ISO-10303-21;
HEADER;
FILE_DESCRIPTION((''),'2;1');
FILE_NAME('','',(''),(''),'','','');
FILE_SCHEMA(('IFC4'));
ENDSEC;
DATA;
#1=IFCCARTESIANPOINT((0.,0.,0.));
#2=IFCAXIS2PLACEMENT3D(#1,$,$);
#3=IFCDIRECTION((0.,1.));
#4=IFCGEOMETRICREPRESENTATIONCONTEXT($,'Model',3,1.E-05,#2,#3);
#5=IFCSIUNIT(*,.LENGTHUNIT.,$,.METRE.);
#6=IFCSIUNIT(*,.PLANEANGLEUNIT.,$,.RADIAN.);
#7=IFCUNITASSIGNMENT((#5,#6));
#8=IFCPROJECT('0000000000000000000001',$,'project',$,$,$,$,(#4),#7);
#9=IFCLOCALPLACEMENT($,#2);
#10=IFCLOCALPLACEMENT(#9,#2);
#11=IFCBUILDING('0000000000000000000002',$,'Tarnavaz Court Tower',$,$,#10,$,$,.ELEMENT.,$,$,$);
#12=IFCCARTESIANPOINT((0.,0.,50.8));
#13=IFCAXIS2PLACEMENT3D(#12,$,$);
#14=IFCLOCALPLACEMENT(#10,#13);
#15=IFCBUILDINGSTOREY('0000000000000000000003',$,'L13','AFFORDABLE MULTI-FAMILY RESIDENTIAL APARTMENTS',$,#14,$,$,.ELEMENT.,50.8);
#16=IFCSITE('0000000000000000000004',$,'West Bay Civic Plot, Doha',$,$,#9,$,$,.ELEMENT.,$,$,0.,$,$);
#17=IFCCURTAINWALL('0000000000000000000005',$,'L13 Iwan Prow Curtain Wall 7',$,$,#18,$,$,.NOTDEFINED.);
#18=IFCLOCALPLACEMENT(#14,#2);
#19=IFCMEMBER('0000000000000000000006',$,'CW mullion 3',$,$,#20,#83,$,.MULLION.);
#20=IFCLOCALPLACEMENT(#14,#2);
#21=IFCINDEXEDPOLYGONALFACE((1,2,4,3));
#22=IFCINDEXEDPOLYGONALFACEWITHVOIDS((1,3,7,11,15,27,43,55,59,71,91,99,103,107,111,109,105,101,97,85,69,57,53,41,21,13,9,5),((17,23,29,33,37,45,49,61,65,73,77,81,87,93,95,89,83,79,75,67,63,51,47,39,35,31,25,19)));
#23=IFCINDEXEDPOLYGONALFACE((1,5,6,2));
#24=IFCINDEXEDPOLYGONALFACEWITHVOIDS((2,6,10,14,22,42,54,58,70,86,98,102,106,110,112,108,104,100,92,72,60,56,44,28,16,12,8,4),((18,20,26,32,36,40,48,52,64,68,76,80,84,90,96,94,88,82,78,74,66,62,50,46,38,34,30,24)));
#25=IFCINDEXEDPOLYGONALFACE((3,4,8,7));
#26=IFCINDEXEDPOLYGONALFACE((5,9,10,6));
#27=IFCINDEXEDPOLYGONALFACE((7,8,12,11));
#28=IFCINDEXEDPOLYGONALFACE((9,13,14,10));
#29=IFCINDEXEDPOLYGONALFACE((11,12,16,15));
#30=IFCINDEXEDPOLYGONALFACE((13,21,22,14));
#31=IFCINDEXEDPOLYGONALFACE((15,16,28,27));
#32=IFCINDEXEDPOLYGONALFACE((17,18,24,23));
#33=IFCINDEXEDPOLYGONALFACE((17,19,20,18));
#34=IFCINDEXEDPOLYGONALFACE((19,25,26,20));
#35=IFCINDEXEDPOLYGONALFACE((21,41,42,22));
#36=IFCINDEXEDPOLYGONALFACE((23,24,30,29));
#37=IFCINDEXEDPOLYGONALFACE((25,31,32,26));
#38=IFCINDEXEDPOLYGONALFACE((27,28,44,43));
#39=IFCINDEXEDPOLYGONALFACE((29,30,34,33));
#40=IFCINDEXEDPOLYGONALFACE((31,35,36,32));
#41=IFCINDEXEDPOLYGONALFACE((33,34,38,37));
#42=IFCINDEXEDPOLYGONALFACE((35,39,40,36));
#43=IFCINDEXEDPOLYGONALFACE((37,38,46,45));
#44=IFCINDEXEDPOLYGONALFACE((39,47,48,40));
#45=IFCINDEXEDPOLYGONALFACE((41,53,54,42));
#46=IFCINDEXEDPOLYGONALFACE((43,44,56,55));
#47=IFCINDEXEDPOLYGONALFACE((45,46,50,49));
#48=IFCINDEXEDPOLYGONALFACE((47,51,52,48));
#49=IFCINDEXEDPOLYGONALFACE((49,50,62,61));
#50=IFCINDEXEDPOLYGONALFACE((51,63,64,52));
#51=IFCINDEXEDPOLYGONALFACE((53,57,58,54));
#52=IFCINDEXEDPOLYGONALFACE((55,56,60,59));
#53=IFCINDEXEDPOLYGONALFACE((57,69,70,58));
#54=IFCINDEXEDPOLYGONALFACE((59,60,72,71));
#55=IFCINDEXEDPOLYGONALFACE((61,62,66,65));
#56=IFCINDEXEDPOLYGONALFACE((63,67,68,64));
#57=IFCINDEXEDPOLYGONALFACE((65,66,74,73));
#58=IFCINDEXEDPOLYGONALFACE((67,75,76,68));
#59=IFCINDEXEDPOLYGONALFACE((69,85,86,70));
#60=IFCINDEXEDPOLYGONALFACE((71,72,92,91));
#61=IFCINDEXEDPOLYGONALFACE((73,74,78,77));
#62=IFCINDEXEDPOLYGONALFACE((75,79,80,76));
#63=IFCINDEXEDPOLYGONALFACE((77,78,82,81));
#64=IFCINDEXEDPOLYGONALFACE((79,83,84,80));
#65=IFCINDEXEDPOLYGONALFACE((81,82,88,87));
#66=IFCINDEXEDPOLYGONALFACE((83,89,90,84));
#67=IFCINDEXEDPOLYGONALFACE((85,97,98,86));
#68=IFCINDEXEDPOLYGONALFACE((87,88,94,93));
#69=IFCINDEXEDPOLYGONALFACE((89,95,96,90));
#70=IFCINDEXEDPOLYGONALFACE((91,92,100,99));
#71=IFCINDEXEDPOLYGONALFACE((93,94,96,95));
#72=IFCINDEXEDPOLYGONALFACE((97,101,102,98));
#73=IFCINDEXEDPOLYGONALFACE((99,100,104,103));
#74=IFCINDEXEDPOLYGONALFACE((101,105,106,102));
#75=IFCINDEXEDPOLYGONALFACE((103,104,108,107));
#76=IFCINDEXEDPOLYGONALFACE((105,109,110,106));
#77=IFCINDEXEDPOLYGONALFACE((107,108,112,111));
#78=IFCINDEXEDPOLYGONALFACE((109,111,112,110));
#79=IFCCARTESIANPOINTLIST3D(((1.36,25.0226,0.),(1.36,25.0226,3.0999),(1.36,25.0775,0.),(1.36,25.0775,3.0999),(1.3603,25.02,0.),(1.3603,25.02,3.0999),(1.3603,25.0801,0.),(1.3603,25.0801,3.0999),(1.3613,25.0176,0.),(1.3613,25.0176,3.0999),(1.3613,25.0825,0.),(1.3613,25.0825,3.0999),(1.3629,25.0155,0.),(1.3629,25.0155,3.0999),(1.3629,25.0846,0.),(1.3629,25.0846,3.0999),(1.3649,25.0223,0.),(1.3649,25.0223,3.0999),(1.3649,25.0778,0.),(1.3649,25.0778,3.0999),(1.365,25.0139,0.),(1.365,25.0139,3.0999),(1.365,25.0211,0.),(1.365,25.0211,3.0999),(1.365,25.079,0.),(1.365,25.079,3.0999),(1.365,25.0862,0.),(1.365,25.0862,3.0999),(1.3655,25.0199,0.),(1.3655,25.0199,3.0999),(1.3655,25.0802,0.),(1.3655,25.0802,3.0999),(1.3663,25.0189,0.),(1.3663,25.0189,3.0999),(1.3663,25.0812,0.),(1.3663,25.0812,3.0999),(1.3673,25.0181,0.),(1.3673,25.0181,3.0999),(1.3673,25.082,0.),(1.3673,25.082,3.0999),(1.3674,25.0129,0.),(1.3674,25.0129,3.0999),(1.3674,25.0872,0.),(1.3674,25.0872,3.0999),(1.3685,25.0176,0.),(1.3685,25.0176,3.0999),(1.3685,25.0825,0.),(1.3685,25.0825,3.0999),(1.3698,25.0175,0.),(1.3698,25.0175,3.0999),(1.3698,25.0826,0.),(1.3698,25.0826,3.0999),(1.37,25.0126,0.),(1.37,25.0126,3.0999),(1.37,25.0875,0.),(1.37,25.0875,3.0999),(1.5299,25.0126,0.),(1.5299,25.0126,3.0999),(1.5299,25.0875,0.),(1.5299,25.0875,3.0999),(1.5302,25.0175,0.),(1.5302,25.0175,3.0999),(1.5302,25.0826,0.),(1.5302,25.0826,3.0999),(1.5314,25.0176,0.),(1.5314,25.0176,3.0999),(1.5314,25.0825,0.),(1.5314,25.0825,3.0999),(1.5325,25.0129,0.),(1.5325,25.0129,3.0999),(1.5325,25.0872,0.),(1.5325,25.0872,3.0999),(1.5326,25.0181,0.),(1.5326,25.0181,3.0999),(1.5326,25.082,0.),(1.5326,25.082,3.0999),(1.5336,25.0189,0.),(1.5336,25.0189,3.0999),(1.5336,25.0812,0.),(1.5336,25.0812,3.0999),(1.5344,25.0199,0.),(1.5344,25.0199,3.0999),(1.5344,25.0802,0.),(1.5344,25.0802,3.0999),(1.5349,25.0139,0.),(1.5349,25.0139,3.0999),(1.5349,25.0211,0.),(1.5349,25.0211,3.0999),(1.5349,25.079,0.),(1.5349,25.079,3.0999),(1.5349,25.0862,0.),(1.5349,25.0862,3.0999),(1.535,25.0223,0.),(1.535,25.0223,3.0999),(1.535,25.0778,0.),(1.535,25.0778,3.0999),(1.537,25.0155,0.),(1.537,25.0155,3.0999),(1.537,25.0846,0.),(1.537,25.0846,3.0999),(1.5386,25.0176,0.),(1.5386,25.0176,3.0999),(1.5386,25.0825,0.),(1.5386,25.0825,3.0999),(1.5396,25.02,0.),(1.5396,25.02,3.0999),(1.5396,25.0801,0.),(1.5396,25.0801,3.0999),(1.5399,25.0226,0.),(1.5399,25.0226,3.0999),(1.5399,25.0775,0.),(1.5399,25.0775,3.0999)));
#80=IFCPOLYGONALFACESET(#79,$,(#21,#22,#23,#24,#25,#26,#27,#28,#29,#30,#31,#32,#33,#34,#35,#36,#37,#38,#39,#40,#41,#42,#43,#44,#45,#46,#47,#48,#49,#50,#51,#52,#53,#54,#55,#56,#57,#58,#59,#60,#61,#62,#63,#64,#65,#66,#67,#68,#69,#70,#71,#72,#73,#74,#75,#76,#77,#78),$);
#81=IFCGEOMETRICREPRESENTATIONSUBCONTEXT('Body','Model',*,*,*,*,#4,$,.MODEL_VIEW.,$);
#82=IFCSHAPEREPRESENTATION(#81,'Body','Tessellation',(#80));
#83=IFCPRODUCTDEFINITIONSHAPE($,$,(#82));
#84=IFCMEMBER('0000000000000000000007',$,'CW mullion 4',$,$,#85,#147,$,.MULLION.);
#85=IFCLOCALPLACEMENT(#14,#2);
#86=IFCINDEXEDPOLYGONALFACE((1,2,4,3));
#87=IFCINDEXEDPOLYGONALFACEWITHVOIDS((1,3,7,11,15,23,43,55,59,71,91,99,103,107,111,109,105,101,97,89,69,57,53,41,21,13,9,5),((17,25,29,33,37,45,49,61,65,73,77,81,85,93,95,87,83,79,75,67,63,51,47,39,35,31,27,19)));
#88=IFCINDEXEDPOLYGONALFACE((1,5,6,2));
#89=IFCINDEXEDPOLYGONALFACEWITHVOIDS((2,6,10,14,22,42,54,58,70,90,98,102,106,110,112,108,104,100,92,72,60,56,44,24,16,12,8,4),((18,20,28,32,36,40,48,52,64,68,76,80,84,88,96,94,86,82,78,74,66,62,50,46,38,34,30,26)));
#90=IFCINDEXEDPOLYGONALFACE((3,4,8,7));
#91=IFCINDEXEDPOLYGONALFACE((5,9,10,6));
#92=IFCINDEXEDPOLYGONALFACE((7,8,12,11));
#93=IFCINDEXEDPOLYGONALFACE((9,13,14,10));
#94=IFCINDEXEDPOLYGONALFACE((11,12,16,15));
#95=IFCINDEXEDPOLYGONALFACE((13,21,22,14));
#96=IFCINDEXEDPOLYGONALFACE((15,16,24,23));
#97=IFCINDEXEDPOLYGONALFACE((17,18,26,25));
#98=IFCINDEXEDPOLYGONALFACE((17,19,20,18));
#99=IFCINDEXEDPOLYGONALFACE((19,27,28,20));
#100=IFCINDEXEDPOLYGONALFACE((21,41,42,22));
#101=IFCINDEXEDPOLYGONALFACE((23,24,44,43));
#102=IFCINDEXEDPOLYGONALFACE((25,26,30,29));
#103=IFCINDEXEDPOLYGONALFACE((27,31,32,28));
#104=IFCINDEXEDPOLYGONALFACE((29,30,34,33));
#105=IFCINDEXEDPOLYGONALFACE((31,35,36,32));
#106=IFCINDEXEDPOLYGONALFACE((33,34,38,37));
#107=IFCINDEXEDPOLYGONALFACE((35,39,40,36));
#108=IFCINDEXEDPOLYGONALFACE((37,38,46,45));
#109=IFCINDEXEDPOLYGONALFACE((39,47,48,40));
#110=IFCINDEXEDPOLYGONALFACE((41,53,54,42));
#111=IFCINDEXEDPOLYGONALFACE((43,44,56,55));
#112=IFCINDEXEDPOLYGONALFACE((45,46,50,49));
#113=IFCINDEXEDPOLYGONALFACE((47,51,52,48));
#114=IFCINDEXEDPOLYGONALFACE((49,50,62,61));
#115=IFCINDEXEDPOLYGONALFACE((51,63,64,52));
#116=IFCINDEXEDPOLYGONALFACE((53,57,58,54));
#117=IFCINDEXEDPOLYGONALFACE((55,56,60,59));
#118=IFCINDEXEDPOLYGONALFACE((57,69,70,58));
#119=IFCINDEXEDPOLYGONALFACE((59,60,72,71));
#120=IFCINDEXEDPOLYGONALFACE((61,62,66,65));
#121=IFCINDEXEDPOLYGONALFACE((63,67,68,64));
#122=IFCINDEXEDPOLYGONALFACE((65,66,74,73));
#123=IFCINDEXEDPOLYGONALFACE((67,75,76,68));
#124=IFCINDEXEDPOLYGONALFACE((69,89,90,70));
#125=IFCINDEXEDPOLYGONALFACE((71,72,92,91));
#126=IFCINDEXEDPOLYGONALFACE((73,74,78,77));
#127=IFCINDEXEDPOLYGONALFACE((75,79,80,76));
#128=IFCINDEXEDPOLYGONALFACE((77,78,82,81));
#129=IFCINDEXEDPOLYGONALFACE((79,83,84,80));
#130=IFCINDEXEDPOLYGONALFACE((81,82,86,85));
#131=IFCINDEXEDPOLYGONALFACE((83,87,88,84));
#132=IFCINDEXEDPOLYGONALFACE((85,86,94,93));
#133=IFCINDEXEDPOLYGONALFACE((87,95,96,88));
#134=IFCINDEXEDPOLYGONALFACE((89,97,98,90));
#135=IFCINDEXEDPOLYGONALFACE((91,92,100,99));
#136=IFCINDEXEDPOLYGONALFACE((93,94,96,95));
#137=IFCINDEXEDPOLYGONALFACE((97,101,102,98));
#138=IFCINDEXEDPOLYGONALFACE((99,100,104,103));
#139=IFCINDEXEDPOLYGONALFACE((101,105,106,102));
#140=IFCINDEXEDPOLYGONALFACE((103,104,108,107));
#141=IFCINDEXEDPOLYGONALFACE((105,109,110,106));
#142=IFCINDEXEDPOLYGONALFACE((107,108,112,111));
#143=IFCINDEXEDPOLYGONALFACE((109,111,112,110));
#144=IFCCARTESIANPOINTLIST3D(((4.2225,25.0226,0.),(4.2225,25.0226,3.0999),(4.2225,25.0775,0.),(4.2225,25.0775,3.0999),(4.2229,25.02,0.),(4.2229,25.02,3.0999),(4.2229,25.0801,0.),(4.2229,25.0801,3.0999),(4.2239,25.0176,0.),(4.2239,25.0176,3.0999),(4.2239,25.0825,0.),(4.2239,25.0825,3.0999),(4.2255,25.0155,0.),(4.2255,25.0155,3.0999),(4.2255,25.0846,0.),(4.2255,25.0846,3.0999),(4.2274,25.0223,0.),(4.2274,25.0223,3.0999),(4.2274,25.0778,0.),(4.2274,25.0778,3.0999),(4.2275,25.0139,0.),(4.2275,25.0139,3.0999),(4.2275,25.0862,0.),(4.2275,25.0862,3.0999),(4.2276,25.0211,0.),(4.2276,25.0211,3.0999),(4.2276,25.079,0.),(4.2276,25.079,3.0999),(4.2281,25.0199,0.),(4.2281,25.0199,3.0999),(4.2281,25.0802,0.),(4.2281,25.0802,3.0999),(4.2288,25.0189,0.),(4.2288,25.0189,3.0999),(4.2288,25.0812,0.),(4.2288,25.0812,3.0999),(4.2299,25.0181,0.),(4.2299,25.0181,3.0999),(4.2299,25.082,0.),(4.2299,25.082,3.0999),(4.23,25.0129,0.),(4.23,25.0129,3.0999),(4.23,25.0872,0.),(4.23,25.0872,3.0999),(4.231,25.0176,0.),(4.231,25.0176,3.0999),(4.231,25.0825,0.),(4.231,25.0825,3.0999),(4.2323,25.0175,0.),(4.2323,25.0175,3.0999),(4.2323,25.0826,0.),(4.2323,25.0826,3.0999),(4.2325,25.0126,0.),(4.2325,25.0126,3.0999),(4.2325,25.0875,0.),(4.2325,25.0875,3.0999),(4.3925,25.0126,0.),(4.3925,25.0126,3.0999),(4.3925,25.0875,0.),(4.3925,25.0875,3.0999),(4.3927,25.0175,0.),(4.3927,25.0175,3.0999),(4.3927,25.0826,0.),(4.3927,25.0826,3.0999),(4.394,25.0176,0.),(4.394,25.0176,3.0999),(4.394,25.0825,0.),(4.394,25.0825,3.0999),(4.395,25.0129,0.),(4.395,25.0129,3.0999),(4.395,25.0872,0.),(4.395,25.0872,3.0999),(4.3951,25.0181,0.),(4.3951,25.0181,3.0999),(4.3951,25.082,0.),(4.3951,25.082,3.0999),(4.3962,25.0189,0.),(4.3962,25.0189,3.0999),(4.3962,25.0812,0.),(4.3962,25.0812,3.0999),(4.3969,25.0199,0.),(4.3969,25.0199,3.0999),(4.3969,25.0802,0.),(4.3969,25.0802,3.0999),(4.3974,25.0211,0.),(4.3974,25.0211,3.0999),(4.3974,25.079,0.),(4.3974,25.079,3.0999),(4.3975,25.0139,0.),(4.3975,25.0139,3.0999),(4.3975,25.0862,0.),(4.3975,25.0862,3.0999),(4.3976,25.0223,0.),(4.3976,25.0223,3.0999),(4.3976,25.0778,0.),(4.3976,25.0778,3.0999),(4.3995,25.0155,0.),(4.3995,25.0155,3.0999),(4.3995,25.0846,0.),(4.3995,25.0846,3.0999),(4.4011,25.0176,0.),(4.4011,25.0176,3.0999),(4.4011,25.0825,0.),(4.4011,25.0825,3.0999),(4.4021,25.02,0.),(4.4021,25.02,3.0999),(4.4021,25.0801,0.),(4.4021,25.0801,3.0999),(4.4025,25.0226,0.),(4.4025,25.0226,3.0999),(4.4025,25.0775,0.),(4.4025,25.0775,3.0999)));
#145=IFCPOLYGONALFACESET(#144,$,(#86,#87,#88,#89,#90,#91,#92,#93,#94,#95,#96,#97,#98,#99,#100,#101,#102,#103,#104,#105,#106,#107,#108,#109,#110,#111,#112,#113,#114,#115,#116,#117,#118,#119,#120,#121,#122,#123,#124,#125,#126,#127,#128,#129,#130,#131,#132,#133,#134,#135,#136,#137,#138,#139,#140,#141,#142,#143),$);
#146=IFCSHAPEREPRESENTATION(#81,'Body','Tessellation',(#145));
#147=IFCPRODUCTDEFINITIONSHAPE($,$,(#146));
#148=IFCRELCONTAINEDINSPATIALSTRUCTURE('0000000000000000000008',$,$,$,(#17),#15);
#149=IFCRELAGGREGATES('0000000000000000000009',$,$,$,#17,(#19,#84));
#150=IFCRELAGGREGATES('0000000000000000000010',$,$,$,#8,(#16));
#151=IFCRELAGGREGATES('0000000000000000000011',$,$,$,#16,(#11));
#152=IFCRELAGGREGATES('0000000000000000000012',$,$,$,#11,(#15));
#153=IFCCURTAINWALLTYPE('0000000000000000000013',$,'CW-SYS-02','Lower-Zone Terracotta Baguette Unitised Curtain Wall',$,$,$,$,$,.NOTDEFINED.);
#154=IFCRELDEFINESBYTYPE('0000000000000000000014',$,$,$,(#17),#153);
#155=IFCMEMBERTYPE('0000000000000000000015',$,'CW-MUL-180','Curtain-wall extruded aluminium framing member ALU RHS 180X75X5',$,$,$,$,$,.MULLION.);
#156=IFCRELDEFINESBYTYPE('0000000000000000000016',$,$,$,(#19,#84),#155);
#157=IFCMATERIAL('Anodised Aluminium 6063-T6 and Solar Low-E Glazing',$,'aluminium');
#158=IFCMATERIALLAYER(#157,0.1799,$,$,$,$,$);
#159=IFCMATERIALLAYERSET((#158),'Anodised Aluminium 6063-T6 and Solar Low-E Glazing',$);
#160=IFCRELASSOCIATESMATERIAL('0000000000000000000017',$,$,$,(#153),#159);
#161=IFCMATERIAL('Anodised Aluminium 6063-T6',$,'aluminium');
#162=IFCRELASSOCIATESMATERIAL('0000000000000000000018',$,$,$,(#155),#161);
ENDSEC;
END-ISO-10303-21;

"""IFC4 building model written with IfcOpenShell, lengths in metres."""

from ifc_helpers import new_model, si_unit, direction, frame, origin, origin_2d, place, context, subcontext, project, spatial, hollow_rectangle, extrude, material, layer, layer_set, material_profile, profile_set, type_object, element, aggregate, save


model = new_model("IFC4")

# Units and contexts
model_context = context("Model", 3, precision=1e-05, world=origin(), true_north=direction((0.0, 1.0)))
body_context = subcontext(model_context, "Body", "Model", "MODEL_VIEW")
ifc_project = project(units=[si_unit("LENGTHUNIT", "METRE"), si_unit("PLANEANGLEUNIT", "RADIAN")], contexts=[model_context])

# Site, building, storey
site_placement = place(None, origin())
site = spatial("IfcSite", under=ifc_project, at=site_placement, Name="West Bay Civic Plot, Doha", CompositionType="ELEMENT", RefElevation=0.0)
building_placement = place(site_placement, origin())
building = spatial("IfcBuilding", under=site, at=building_placement, Name="Tarnavaz Court Tower", CompositionType="ELEMENT")
storey_placement = place(building_placement, frame((0.0, 0.0, 50.8)))
storey = spatial("IfcBuildingStorey", under=building, at=storey_placement, Name="L13", Description="AFFORDABLE MULTI-FAMILY RESIDENTIAL APARTMENTS", CompositionType="ELEMENT", Elevation=50.8)

# Curtain wall, members
ifc_material_1 = material(Name="Anodised Aluminium 6063-T6 and Solar Low-E Glazing", Category="aluminium")
ifc_layer_1 = layer(ifc_material_1, 0.1799)
ifc_layer_set_1 = layer_set([ifc_layer_1], Name="Anodised Aluminium 6063-T6 and Solar Low-E Glazing")
curtain_wall_type = type_object("IfcCurtainWallType", Name="CW-SYS-02", Description="Lower-Zone Terracotta Baguette Unitised Curtain Wall", PredefinedType="NOTDEFINED", material=ifc_layer_set_1)
curtain_wall_placement = place(storey_placement, origin())
curtain_wall = element("IfcCurtainWall", 1, at=curtain_wall_placement, inside=storey, type_object=curtain_wall_type, Name="L13 Iwan Prow Curtain Wall 7", PredefinedType="NOTDEFINED")
ifc_material_2 = material(Name="Anodised Aluminium 6063-T6", Category="aluminium")
ifc_material_profile_1 = material_profile(ifc_material_2, hollow_rectangle(XDim=0.075, YDim=0.1799, WallThickness=0.0049, InnerFilletRadius=0.0049, OuterFilletRadius=0.01, at=origin_2d()), Name="ALU RHS 180X75X5")
ifc_profile_set_1 = profile_set([ifc_material_profile_1], Name="Anodised Aluminium 6063-T6")
member_type_1 = type_object("IfcMemberType", Name="CW-MUL-180", Description="Curtain-wall extruded aluminium framing member ALU RHS 180X75X5", PredefinedType="MULLION", material=ifc_profile_set_1)
member_1_placement = place(storey_placement, frame((1.45, 25.05, 0.0), z_axis=(0.0, 0.0, 1.0), x_axis=(0.0, 1.0, 0.0)))
member_1 = element("IfcMember", 2, at=member_1_placement, type_object=member_type_1, Name="CW mullion 3", PredefinedType="MULLION", context=body_context, shape_type="SweptSolid", body=[
    extrude(hollow_rectangle(XDim=0.075, YDim=0.1799, WallThickness=0.0049, InnerFilletRadius=0.0049, OuterFilletRadius=0.01, at=origin_2d()), origin(), (0.0, 0.0, 1.0), 3.0999),
])
member_2_placement = place(storey_placement, frame((4.3125, 25.05, 0.0), z_axis=(0.0, 0.0, 1.0), x_axis=(0.0, 1.0, 0.0)))
member_2 = element("IfcMember", 3, at=member_2_placement, type_object=member_type_1, Name="CW mullion 4", PredefinedType="MULLION", context=body_context, shape_type="SweptSolid", body=[
    extrude(hollow_rectangle(XDim=0.075, YDim=0.1799, WallThickness=0.0049, InnerFilletRadius=0.0049, OuterFilletRadius=0.01, at=origin_2d()), origin(), (0.0, 0.0, 1.0), 3.0999),
])
aggregate(curtain_wall, [member_1, member_2])

save(model, "model.ifc")
